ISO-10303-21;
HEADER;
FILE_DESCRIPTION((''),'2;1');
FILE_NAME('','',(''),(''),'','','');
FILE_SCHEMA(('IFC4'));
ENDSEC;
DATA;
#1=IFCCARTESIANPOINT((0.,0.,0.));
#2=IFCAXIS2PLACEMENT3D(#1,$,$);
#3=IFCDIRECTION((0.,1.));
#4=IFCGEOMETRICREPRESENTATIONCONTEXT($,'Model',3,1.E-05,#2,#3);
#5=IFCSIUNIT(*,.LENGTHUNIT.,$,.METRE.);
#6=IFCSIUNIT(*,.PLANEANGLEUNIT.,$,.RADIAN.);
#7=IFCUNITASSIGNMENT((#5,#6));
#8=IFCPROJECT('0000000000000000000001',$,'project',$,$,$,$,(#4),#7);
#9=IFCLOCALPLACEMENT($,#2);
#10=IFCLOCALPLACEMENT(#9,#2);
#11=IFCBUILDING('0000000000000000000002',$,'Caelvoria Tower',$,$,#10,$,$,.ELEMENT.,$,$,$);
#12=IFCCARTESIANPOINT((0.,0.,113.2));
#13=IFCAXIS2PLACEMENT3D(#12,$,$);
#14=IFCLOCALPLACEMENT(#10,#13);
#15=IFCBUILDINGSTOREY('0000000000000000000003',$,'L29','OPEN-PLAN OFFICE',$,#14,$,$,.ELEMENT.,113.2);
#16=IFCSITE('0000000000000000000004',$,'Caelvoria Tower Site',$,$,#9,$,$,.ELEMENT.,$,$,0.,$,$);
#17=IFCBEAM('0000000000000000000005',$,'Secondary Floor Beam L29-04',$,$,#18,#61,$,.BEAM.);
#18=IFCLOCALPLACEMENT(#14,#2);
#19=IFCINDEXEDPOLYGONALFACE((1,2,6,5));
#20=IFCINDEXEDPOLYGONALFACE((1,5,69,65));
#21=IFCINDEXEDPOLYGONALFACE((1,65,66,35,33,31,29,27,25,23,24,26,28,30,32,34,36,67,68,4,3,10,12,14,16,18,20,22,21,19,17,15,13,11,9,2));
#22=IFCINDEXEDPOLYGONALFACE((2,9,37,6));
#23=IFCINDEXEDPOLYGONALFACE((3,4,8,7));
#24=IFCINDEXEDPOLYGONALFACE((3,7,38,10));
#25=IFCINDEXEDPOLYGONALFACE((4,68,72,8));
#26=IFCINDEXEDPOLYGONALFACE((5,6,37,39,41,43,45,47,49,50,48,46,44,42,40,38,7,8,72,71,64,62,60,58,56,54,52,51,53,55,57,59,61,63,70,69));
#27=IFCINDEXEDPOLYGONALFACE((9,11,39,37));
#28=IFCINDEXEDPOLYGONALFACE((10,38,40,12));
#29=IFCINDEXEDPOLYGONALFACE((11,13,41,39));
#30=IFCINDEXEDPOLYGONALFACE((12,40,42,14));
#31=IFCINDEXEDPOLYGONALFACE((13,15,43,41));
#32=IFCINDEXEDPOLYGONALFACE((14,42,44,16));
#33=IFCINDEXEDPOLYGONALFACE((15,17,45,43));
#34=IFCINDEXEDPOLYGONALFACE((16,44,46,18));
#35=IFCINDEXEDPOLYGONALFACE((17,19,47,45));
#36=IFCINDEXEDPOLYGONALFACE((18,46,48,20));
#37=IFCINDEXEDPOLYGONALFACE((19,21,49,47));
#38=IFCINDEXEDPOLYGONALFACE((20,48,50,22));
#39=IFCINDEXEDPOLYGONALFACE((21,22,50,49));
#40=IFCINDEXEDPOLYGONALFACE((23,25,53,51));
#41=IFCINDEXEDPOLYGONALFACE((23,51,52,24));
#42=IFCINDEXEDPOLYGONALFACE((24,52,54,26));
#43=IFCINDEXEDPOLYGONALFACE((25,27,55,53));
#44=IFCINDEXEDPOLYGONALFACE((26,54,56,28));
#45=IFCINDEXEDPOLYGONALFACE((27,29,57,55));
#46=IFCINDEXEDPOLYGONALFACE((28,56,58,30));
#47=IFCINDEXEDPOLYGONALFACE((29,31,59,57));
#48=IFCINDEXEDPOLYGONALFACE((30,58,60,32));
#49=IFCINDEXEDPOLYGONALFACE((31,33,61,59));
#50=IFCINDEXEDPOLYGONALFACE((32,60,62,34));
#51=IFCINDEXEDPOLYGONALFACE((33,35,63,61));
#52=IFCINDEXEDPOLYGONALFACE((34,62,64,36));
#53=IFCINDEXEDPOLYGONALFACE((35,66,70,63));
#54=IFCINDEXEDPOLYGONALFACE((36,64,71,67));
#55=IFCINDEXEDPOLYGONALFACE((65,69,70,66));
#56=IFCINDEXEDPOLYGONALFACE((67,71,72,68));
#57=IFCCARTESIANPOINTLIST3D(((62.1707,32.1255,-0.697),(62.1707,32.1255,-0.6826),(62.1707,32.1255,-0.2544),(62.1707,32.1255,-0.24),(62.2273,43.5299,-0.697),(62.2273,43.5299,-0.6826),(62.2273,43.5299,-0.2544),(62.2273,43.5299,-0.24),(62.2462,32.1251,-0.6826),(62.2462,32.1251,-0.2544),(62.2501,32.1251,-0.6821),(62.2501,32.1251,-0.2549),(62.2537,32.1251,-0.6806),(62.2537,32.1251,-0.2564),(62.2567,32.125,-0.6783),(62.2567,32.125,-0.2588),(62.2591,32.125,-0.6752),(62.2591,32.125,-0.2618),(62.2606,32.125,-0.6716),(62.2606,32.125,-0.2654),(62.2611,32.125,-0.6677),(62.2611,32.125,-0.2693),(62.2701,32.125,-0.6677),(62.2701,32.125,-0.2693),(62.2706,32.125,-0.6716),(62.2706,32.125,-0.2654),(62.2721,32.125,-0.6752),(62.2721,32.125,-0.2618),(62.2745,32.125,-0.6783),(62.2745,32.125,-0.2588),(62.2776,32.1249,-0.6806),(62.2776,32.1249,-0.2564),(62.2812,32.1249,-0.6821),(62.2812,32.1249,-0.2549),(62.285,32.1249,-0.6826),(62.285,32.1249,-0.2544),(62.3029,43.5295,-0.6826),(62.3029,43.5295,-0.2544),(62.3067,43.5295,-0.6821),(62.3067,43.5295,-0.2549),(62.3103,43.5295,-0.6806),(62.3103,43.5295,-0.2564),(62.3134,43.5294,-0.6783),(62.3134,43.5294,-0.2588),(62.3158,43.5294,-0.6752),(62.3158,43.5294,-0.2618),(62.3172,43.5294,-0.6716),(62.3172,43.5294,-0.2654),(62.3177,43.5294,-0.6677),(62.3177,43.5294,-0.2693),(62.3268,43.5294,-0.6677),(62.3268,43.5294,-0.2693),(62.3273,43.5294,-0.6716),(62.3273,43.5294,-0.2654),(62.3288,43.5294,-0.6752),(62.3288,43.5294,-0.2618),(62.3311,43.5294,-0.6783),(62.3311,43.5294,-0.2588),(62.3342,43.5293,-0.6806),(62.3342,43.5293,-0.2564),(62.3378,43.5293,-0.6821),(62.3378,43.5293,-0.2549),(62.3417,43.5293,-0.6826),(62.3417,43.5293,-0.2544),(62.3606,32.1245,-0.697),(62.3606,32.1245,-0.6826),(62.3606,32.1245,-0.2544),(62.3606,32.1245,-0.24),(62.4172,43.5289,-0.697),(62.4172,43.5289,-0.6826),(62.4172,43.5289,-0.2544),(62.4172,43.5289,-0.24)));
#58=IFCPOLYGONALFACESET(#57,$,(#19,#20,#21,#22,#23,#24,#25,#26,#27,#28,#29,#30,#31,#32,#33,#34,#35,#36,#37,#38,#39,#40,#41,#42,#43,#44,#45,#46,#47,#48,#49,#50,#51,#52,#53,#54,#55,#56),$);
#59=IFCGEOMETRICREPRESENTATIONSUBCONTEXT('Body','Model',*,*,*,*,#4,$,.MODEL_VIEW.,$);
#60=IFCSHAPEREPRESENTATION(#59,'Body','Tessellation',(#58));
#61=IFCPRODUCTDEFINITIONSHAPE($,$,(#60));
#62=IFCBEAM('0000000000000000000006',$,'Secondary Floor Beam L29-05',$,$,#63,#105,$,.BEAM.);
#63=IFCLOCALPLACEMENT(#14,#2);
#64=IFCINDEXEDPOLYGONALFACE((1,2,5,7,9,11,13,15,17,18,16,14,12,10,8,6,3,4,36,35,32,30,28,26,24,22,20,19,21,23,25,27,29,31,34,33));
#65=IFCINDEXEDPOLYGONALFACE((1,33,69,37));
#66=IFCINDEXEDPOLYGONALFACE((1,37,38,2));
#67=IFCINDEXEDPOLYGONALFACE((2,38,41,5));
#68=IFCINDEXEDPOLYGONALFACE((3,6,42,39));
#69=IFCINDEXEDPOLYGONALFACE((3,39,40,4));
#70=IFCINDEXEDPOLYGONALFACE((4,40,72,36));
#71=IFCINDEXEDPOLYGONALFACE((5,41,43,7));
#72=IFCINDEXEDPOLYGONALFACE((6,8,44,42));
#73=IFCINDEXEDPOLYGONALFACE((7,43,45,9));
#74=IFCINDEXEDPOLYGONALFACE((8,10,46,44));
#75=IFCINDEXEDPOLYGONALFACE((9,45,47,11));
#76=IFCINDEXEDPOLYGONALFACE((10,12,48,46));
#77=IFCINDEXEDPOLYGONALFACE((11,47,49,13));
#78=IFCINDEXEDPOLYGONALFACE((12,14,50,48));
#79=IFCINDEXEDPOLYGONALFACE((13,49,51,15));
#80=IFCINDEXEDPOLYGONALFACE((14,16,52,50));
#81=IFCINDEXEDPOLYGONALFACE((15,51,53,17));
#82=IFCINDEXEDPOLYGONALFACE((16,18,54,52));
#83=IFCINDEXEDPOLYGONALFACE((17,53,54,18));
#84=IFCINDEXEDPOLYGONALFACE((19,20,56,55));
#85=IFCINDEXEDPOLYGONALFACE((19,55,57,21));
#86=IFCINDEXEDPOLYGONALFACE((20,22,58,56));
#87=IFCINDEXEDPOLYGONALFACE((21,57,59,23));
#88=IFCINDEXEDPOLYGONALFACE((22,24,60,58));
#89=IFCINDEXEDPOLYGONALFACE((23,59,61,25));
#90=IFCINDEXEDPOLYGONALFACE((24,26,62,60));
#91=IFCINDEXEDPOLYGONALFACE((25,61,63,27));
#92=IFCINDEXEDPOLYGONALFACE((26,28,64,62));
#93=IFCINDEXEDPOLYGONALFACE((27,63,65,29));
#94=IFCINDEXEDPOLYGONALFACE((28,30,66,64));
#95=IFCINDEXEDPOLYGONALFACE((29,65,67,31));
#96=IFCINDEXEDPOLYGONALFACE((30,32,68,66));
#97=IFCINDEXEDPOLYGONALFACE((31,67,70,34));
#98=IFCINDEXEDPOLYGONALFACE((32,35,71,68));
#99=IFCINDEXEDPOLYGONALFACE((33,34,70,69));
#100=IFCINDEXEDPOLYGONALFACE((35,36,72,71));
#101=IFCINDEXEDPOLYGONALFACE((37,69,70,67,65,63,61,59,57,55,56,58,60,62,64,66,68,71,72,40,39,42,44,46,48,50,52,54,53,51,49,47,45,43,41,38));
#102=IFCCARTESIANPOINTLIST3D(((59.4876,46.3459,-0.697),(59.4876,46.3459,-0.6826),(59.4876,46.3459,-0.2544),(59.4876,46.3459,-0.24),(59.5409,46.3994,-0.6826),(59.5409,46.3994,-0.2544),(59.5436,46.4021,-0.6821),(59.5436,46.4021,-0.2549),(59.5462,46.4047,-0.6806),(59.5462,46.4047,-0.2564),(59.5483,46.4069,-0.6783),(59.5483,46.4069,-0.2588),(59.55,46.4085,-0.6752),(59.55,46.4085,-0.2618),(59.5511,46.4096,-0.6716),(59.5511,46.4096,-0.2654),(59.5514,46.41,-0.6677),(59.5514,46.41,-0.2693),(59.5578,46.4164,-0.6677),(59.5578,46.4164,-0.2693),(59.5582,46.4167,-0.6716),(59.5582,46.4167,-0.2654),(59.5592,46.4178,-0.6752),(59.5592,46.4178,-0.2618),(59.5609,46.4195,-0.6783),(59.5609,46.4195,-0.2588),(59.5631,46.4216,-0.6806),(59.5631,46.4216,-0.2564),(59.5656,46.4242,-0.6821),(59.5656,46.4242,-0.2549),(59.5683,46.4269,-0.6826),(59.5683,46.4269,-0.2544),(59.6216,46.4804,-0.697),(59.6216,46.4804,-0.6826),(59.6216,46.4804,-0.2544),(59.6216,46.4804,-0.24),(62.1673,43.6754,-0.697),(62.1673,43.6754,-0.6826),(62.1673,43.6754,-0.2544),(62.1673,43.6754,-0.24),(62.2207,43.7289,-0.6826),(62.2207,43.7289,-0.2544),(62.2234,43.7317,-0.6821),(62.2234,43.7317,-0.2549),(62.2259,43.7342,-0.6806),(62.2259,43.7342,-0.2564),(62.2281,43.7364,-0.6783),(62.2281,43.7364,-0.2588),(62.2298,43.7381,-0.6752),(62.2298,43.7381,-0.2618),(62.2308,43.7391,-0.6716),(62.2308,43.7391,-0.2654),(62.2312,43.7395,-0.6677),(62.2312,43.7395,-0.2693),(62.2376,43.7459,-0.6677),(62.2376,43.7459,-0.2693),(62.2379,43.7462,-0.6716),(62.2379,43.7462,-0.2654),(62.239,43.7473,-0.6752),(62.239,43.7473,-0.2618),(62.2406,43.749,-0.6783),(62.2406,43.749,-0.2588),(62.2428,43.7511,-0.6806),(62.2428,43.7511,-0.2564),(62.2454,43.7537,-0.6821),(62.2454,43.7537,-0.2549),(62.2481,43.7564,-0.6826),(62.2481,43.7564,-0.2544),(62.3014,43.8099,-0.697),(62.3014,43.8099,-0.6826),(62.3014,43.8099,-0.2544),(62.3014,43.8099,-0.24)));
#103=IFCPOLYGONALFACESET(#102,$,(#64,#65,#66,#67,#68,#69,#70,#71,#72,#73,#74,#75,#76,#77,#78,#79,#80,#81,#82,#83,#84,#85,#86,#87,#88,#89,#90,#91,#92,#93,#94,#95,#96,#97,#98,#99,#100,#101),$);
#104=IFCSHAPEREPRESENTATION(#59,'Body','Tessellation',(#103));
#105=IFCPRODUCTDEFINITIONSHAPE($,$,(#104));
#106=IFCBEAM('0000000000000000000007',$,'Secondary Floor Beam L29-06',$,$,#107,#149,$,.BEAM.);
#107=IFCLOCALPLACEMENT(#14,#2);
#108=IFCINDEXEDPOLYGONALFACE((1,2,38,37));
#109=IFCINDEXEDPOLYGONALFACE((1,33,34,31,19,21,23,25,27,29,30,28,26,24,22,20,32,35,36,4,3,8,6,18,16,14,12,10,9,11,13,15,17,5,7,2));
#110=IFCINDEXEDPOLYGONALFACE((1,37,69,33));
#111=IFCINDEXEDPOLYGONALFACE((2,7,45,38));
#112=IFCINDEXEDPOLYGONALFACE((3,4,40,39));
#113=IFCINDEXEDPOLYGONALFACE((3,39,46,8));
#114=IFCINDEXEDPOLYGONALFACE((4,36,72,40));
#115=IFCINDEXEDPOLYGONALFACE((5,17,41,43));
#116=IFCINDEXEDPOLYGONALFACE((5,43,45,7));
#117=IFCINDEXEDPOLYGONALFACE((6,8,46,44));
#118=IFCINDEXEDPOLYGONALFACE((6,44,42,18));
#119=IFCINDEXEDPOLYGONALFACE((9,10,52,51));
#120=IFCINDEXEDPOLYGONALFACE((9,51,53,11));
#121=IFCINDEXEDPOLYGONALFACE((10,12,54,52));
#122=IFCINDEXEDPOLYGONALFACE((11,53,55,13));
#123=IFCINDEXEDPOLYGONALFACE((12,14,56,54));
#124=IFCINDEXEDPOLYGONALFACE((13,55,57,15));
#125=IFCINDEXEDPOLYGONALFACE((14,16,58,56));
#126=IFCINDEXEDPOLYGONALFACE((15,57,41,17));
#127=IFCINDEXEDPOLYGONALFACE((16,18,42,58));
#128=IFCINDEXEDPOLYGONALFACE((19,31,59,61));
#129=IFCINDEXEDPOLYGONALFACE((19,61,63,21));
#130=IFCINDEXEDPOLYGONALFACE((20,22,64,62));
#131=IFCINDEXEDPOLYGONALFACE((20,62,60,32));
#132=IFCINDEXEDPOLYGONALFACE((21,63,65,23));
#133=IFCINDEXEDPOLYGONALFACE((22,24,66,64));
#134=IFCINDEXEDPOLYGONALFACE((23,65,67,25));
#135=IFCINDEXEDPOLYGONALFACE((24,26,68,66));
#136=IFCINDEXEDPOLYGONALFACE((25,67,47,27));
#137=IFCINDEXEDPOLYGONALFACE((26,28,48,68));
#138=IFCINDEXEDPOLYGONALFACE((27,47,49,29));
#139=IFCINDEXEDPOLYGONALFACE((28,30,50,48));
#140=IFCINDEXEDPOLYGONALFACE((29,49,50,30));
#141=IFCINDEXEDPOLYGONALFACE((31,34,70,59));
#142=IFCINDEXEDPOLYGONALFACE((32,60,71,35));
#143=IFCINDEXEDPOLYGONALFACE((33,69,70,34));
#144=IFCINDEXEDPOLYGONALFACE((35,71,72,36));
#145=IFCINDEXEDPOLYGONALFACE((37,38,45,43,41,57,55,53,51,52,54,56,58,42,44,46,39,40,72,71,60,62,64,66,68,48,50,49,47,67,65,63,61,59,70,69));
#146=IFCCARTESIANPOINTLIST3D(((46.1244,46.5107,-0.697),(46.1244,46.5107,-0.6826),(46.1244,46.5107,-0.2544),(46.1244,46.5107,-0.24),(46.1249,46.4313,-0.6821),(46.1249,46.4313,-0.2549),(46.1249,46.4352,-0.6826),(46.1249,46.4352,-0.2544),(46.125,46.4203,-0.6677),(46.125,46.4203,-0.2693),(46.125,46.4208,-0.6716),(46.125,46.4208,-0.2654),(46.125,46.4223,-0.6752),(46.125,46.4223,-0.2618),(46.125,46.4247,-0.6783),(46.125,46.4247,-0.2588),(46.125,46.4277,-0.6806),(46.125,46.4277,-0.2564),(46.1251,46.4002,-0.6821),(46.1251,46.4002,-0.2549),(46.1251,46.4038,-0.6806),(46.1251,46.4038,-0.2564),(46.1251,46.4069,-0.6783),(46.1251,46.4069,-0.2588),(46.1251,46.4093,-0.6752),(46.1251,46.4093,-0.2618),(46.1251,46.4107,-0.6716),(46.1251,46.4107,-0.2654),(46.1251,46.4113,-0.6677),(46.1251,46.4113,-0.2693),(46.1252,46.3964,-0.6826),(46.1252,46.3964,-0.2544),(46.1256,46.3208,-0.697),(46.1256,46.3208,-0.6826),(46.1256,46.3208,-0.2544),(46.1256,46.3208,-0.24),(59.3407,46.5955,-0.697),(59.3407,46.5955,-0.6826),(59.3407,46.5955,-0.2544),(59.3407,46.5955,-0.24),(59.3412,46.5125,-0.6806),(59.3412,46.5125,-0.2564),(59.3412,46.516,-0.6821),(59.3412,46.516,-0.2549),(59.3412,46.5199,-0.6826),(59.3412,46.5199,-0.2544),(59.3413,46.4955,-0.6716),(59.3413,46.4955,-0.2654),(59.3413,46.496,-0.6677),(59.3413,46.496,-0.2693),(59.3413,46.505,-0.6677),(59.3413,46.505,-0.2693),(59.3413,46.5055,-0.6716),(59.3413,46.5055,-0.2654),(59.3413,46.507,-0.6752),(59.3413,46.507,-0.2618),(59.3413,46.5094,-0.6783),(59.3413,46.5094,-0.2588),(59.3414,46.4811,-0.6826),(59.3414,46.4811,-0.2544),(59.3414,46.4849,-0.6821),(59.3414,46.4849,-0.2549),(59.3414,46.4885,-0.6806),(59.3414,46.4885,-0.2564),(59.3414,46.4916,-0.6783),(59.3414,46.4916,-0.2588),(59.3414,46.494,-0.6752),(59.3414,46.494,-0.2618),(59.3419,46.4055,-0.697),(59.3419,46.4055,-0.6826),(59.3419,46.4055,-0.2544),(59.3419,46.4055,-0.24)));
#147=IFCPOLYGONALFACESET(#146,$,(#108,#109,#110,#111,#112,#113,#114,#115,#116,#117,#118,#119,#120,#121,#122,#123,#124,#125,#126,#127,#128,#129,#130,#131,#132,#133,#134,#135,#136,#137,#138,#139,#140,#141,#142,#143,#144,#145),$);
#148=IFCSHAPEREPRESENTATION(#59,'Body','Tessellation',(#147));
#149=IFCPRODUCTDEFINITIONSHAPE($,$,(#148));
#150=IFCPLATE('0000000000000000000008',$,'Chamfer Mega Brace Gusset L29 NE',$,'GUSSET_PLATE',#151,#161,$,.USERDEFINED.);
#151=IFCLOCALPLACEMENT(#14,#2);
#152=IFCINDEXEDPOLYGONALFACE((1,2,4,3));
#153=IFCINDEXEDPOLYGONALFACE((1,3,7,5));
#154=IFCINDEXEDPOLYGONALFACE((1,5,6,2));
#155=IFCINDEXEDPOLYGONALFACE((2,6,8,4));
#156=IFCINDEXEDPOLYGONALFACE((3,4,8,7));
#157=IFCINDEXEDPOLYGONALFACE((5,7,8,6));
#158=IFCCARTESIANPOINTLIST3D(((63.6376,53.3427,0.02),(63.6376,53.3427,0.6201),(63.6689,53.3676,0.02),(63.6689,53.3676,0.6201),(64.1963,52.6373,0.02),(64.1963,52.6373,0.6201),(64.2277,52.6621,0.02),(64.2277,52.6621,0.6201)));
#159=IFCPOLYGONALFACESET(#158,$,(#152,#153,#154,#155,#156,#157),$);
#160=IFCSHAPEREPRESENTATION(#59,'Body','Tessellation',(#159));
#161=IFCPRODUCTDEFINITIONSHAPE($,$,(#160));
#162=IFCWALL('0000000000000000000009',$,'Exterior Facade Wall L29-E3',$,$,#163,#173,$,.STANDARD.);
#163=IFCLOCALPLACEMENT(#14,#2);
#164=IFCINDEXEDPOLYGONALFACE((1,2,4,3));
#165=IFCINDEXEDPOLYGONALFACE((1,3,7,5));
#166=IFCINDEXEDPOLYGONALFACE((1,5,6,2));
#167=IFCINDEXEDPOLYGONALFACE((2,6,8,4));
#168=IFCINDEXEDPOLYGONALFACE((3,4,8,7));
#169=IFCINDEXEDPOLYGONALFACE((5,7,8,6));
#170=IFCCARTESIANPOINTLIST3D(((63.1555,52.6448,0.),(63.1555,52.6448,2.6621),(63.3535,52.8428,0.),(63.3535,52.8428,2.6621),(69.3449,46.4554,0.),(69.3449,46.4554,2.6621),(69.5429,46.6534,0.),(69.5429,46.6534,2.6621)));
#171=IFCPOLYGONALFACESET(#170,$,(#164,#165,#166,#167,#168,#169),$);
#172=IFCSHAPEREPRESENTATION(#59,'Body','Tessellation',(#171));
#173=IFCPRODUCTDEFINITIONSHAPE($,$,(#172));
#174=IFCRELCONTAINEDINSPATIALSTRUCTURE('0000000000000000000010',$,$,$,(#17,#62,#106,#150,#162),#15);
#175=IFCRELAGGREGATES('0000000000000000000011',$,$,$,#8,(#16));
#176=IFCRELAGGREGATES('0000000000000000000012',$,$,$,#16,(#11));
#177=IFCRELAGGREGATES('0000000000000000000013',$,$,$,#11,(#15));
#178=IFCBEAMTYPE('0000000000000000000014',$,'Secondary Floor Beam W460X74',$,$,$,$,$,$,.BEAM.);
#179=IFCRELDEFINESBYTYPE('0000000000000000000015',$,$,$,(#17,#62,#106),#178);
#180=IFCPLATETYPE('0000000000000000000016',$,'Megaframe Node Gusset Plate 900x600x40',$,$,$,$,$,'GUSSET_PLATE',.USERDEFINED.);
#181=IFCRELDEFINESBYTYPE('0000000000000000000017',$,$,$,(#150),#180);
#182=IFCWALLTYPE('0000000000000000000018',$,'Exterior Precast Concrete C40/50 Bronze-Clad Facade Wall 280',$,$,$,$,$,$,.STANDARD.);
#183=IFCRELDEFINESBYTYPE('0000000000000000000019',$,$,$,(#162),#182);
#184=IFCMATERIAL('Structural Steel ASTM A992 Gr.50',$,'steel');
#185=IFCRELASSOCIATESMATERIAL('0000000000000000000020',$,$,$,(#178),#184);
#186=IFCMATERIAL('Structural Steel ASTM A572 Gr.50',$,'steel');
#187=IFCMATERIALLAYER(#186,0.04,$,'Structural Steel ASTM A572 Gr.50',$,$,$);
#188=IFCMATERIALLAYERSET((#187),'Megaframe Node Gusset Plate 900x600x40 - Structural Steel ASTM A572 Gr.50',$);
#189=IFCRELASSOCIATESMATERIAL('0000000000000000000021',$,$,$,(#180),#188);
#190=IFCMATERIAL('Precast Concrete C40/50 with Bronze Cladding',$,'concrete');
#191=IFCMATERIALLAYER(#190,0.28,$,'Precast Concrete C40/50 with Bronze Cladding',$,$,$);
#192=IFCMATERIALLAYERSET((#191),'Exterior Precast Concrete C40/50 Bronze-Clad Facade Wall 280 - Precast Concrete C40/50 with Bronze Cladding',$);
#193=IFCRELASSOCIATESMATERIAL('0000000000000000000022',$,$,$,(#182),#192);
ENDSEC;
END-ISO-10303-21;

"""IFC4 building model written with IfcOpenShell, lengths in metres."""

from ifc_helpers import new_model, si_unit, direction, frame, frame_2d, origin, origin_2d, place, context, subcontext, project, spatial, rectangle, i_section, extrude, material, layer, layer_set, material_profile, profile_set, type_object, element, save


model = new_model("IFC4")

# Units and contexts
model_context = context("Model", 3, precision=1e-05, world=origin(), true_north=direction((0.0, 1.0)))
body_context = subcontext(model_context, "Body", "Model", "MODEL_VIEW")
ifc_project = project(units=[si_unit("LENGTHUNIT", "METRE"), si_unit("PLANEANGLEUNIT", "RADIAN")], contexts=[model_context])

# Site, building, storey
site_placement = place(None, origin())
site = spatial("IfcSite", under=ifc_project, at=site_placement, Name="Caelvoria Tower Site", CompositionType="ELEMENT", RefElevation=0.0)
building_placement = place(site_placement, origin())
building = spatial("IfcBuilding", under=site, at=building_placement, Name="Caelvoria Tower", CompositionType="ELEMENT")
storey_placement = place(building_placement, frame((0.0, 0.0, 113.2)))
storey = spatial("IfcBuildingStorey", under=building, at=storey_placement, Name="L29", Description="OPEN-PLAN OFFICE", CompositionType="ELEMENT", Elevation=113.2)

# Shared definitions
ifc_material_1 = material(Name="Structural Steel ASTM A572 Gr.50", Category="steel")

# Beams
ifc_material_2 = material(Name="Structural Steel ASTM A992 Gr.50", Category="steel")
ifc_material_profile_1 = material_profile(ifc_material_2, i_section(OverallWidth=0.1899, OverallDepth=0.457, WebThickness=0.009, FlangeThickness=0.0144, FilletRadius=0.0149, at=origin_2d()), Name="Structural Steel ASTM A992 Gr.50")
ifc_profile_set_1 = profile_set([ifc_material_profile_1], Name="W460X74 - Structural Steel ASTM A992 Gr.50")
beam_type_1 = type_object("IfcBeamType", Name="Secondary Floor Beam W460X74", PredefinedType="BEAM", material=ifc_profile_set_1)
beam_1_placement = place(storey_placement, frame((62.2656, 32.125, -0.4685), z_axis=(0.004967, 0.999988, 0.0), x_axis=(-0.999988, 0.004967, 0.0)))
element("IfcBeam", 1, at=beam_1_placement, inside=storey, type_object=beam_type_1, Name="Secondary Floor Beam L29-04", PredefinedType="BEAM", context=body_context, shape_type="SweptSolid", body=[
    extrude(i_section(OverallWidth=0.1899, OverallDepth=0.457, WebThickness=0.009, FlangeThickness=0.0144, FilletRadius=0.0149, at=origin_2d()), origin(), (0.0, 0.0, 1.0), 11.4045),
])
beam_2_placement = place(storey_placement, frame((62.2344, 43.7427, -0.4685), z_axis=(-0.708332, 0.70588, 0.0), x_axis=(-0.70588, -0.708332, 0.0)))
element("IfcBeam", 2, at=beam_2_placement, inside=storey, type_object=beam_type_1, Name="Secondary Floor Beam L29-05", PredefinedType="BEAM", context=body_context, shape_type="SweptSolid", body=[
    extrude(i_section(OverallWidth=0.1899, OverallDepth=0.457, WebThickness=0.009, FlangeThickness=0.0144, FilletRadius=0.0149, at=origin_2d()), origin(), (0.0, 0.0, 1.0), 3.7832),
])
beam_3_placement = place(storey_placement, frame((59.3413, 46.5005, -0.4685), z_axis=(-0.999979, -0.00641, 0.0), x_axis=(0.00641, -0.999979, 0.0)))
element("IfcBeam", 3, at=beam_3_placement, inside=storey, type_object=beam_type_1, Name="Secondary Floor Beam L29-06", PredefinedType="BEAM", context=body_context, shape_type="SweptSolid", body=[
    extrude(i_section(OverallWidth=0.1899, OverallDepth=0.457, WebThickness=0.009, FlangeThickness=0.0144, FilletRadius=0.0149, at=origin_2d()), origin(), (0.0, 0.0, 1.0), 13.2166),
])

# Plate
ifc_layer_1 = layer(ifc_material_1, 0.04, Name="Structural Steel ASTM A572 Gr.50")
ifc_layer_set_1 = layer_set([ifc_layer_1], Name="Megaframe Node Gusset Plate 900x600x40 - Structural Steel ASTM A572 Gr.50")
plate_type = type_object("IfcPlateType", Name="Megaframe Node Gusset Plate 900x600x40", ElementType="GUSSET_PLATE", PredefinedType="USERDEFINED", material=ifc_layer_set_1)
plate_placement = place(storey_placement, frame((63.9326, 53.0024, 0.02), z_axis=(0.0, 0.0, 1.0), x_axis=(0.620873, -0.783911, 0.0)))
element("IfcPlate", 4, at=plate_placement, inside=storey, type_object=plate_type, Name="Chamfer Mega Brace Gusset L29 NE", ObjectType="GUSSET_PLATE", PredefinedType="USERDEFINED", context=body_context, shape_type="SweptSolid", body=[
    extrude(rectangle(XDim=0.8999, YDim=0.04, at=origin_2d()), origin(), (0.0, 0.0, 1.0), 0.6001),
])

# Wall
ifc_material_3 = material(Name="Precast Concrete C40/50 with Bronze Cladding", Category="concrete")
ifc_layer_2 = layer(ifc_material_3, 0.28, Name="Precast Concrete C40/50 with Bronze Cladding")
ifc_layer_set_2 = layer_set([ifc_layer_2], Name="Exterior Precast Concrete C40/50 Bronze-Clad Facade Wall 280 - Precast Concrete C40/50 with Bronze Cladding")
wall_type_1 = type_object("IfcWallType", Name="Exterior Precast Concrete C40/50 Bronze-Clad Facade Wall 280", PredefinedType="STANDARD", material=ifc_layer_set_2)
wall_1_placement = place(storey_placement, frame((69.4438, 46.5544, 0.0), z_axis=(0.0, 0.0, 1.0), x_axis=(-0.707107, 0.707107, 0.0)))
element("IfcWall", 5, at=wall_1_placement, inside=storey, type_object=wall_type_1, Name="Exterior Facade Wall L29-E3", PredefinedType="STANDARD", context=body_context, shape_type="SweptSolid", body=[
    extrude(rectangle(XDim=8.7532, YDim=0.28, at=frame_2d((4.3765, 0.0))), origin(), (0.0, 0.0, 1.0), 2.6621),
])

save(model, "model.ifc")
